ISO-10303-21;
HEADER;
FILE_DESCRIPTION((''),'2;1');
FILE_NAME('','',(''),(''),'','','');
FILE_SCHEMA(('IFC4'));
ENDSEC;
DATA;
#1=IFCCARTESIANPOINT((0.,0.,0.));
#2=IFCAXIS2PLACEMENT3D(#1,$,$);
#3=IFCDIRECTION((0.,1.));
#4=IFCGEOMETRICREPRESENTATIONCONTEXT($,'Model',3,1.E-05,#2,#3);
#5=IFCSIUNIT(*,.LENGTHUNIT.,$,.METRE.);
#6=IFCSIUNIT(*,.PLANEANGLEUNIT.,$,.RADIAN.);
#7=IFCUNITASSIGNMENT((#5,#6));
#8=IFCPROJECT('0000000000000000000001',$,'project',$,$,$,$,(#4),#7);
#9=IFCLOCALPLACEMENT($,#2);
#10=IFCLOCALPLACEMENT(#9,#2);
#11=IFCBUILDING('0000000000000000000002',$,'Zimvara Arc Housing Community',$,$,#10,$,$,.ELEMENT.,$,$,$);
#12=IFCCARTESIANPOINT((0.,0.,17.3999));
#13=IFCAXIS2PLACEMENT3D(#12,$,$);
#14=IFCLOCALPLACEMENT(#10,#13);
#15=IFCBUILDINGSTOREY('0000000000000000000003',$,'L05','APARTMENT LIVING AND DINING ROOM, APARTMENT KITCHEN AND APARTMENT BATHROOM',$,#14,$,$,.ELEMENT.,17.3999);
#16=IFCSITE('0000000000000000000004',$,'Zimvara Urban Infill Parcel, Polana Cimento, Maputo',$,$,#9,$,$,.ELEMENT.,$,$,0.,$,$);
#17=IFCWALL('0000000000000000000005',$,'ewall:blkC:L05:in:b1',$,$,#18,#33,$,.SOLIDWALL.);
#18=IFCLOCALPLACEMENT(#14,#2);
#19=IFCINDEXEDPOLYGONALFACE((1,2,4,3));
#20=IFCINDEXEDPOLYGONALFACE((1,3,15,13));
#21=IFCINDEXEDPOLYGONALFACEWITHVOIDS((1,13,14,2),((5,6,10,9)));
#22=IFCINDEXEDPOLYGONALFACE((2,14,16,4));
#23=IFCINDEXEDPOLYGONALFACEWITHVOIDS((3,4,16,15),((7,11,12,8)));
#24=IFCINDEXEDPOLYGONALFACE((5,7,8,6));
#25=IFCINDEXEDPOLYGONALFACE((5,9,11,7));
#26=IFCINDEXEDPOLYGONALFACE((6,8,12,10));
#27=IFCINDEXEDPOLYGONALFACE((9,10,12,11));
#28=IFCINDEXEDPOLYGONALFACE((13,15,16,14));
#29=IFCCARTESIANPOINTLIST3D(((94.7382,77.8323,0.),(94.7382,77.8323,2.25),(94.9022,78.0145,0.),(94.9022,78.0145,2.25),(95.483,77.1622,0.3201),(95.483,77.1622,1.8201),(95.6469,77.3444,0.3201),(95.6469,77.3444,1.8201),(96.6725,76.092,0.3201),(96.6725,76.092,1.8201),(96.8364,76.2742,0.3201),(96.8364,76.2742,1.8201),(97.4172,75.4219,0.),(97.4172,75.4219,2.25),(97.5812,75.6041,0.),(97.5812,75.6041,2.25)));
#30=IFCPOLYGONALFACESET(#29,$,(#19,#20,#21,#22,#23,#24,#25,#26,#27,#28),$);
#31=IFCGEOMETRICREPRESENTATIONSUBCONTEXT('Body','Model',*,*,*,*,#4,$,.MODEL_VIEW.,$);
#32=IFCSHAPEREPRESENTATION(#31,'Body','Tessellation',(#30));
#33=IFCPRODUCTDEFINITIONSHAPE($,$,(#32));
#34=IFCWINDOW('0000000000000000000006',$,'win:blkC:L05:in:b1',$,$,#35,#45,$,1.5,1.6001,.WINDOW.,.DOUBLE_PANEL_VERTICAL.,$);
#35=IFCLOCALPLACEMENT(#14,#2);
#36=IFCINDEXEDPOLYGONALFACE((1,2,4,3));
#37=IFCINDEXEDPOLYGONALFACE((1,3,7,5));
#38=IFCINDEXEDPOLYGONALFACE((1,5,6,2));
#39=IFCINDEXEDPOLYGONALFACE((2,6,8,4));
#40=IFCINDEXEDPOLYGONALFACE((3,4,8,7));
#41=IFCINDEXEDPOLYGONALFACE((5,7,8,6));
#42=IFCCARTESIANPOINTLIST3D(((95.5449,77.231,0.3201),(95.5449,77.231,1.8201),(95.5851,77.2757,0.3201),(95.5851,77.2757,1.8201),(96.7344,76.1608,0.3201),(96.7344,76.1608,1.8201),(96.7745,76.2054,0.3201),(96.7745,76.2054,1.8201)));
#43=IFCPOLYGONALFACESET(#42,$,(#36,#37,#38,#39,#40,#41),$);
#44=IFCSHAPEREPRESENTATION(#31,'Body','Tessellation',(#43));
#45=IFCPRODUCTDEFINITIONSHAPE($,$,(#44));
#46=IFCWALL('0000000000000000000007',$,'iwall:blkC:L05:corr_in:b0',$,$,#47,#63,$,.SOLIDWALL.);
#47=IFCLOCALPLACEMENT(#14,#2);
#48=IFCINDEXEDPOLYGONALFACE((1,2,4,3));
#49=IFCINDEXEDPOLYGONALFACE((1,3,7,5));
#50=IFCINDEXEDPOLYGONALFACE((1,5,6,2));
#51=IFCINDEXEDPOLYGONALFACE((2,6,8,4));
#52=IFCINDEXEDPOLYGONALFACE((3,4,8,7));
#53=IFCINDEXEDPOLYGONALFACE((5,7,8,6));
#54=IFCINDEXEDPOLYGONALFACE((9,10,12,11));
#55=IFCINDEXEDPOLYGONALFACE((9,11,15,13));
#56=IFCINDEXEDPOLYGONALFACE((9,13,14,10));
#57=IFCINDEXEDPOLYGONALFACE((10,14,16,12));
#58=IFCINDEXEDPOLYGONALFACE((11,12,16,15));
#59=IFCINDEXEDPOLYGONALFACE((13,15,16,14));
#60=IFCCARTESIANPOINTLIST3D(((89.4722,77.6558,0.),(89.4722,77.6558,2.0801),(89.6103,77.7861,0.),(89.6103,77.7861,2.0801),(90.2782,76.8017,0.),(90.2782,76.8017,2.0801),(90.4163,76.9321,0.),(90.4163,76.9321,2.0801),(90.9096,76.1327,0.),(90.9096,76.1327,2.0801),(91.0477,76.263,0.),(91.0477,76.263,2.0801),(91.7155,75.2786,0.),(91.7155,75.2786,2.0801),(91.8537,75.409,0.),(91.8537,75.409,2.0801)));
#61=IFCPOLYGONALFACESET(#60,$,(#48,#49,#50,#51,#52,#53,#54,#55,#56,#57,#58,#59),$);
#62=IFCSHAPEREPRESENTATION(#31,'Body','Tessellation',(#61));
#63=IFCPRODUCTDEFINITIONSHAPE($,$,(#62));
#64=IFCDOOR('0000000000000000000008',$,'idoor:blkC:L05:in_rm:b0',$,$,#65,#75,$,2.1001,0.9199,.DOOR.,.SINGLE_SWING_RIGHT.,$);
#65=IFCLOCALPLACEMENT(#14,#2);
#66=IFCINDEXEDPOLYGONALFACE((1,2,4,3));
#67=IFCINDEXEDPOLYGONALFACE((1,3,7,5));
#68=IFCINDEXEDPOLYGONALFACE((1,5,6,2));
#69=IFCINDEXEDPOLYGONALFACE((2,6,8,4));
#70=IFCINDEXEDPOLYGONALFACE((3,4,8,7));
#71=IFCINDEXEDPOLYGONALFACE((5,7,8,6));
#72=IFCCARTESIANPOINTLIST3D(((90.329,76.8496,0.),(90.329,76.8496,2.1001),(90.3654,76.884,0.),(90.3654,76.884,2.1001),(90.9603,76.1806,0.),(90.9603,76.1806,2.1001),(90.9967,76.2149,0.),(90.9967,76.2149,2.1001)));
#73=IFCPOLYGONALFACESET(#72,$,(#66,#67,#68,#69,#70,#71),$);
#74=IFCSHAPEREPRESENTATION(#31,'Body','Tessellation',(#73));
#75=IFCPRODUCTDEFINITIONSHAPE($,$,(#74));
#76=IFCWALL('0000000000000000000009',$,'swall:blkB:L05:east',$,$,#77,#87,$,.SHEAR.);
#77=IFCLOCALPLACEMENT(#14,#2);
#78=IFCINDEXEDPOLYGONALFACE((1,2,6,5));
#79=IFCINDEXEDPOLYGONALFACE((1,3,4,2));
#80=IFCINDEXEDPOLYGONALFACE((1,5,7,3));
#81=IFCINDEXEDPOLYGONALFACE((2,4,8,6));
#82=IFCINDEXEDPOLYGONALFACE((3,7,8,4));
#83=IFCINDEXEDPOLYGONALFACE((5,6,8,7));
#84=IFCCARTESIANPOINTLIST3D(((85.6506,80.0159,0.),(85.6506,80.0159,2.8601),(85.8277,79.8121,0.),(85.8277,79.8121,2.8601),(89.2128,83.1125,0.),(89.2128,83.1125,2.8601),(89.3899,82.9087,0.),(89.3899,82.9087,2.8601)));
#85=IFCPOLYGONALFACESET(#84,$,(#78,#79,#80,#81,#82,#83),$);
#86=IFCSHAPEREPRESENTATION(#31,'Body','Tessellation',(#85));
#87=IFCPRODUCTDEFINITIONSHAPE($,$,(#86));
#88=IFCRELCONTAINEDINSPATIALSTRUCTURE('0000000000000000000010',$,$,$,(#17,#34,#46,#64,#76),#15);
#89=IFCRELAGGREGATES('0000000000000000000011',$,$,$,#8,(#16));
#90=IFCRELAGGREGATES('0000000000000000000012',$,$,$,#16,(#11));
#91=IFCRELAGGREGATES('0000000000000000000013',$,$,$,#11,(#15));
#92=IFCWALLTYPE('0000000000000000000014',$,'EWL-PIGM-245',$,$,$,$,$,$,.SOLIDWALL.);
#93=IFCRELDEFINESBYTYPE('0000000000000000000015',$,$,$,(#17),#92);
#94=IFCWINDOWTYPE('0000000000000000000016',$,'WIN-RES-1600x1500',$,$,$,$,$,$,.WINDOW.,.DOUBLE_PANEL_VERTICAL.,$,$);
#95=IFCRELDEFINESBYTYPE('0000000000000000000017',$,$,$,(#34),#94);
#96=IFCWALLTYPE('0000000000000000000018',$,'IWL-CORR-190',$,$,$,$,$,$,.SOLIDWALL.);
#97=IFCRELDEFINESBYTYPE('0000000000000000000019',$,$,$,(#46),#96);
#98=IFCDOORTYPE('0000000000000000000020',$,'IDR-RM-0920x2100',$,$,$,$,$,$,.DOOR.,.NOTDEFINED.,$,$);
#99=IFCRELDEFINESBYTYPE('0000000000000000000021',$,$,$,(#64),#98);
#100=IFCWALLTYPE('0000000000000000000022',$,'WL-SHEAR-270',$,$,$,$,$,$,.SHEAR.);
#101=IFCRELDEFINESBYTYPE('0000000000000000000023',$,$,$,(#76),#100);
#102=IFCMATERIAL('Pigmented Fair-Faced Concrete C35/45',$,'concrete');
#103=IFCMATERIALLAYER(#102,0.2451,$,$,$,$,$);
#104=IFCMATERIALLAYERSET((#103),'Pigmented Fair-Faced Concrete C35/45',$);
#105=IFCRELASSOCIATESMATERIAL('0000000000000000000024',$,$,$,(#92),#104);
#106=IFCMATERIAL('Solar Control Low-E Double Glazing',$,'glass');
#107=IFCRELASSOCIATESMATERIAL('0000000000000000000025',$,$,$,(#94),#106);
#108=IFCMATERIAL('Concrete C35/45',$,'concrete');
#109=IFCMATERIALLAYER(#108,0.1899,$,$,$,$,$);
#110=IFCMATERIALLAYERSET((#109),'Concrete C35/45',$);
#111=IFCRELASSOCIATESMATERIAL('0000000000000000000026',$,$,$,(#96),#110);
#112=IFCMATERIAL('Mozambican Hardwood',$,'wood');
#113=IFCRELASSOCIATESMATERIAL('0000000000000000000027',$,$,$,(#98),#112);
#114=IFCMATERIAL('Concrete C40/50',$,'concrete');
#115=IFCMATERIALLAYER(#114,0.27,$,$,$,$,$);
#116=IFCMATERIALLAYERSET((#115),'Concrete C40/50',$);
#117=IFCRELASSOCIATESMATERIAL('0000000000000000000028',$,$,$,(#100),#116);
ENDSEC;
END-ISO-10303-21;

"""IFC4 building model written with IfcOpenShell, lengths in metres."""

from ifc_helpers import new_model, si_unit, direction, frame, frame_2d, origin, place, context, subcontext, project, spatial, rectangle, extrude, material, layer, layer_set, type_object, element, fill, save


model = new_model("IFC4")

# Units and contexts
model_context = context("Model", 3, precision=1e-05, world=origin(), true_north=direction((0.0, 1.0)))
body_context = subcontext(model_context, "Body", "Model", "MODEL_VIEW")
ifc_project = project(units=[si_unit("LENGTHUNIT", "METRE"), si_unit("PLANEANGLEUNIT", "RADIAN")], contexts=[model_context])

# Site, building, storey
site_placement = place(None, origin())
site = spatial("IfcSite", under=ifc_project, at=site_placement, Name="Zimvara Urban Infill Parcel, Polana Cimento, Maputo", CompositionType="ELEMENT", RefElevation=0.0)
building_placement = place(site_placement, origin())
building = spatial("IfcBuilding", under=site, at=building_placement, Name="Zimvara Arc Housing Community", CompositionType="ELEMENT")
storey_placement = place(building_placement, frame((0.0, 0.0, 17.3999)))
storey = spatial("IfcBuildingStorey", under=building, at=storey_placement, Name="L05", Description="APARTMENT LIVING AND DINING ROOM, APARTMENT KITCHEN AND APARTMENT BATHROOM", CompositionType="ELEMENT", Elevation=17.3999)

# Wall, opening, window
ifc_material_1 = material(Name="Pigmented Fair-Faced Concrete C35/45", Category="concrete")
ifc_layer_1 = layer(ifc_material_1, 0.2451)
ifc_layer_set_1 = layer_set([ifc_layer_1], Name="Pigmented Fair-Faced Concrete C35/45")
wall_type_1 = type_object("IfcWallType", Name="EWL-PIGM-245", PredefinedType="SOLIDWALL", material=ifc_layer_set_1)
wall_1_placement = place(storey_placement, frame((94.8203, 77.9233, 0.0), z_axis=(0.0, 0.0, 1.0), x_axis=(0.743385, -0.668864, 0.0)))
wall_1 = element("IfcWall", 1, at=wall_1_placement, inside=storey, type_object=wall_type_1, Name="ewall:blkC:L05:in:b1", PredefinedType="SOLIDWALL", context=body_context, shape_type="SweptSolid", body=[
    extrude(rectangle(XDim=3.6038, YDim=0.2451, at=frame_2d((1.8018, 0.0))), origin(), (0.0, 0.0, 1.0), 2.25),
])
opening_1_placement = place(wall_1_placement, frame((1.0017, 0.0, 0.3201)))
opening_1 = element("IfcOpeningElement", 2, at=opening_1_placement, cuts=wall_1, PredefinedType="OPENING", context=body_context, shape_type="SweptSolid", body=[
    extrude(rectangle(XDim=1.6001, YDim=1.5, at=frame_2d((0.8, 0.75))), frame((0.0, 0.1326, 0.0), z_axis=(0.0, -1.0, 0.0), x_axis=(1.0, 0.0, 0.0)), (0.0, 0.0, 1.0), 0.2651),
])
ifc_material_2 = material(Name="Solar Control Low-E Double Glazing", Category="glass")
window_type_1 = type_object("IfcWindowType", Name="WIN-RES-1600x1500", PartitioningType="DOUBLE_PANEL_VERTICAL", PredefinedType="WINDOW", material=ifc_material_2)
window_1_placement = place(opening_1_placement, origin())
window_1 = element("IfcWindow", 3, at=window_1_placement, inside=storey, type_object=window_type_1, Name="win:blkC:L05:in:b1", OverallHeight=1.5, OverallWidth=1.6001, PartitioningType="DOUBLE_PANEL_VERTICAL", PredefinedType="WINDOW", context=body_context, shape_type="SweptSolid", body=[
    extrude(rectangle(XDim=1.6001, YDim=1.5, at=frame_2d((0.8, 0.75))), frame((0.0, 0.03, 0.0), z_axis=(0.0, -1.0, 0.0), x_axis=(1.0, 0.0, 0.0)), (0.0, 0.0, 1.0), 0.0601),
])
fill(opening_1, window_1)

# Wall, opening, door
ifc_material_3 = material(Name="Concrete C35/45", Category="concrete")
ifc_layer_2 = layer(ifc_material_3, 0.1899)
ifc_layer_set_2 = layer_set([ifc_layer_2], Name="Concrete C35/45")
wall_type_2 = type_object("IfcWallType", Name="IWL-CORR-190", PredefinedType="SOLIDWALL", material=ifc_layer_set_2)
wall_2_placement = place(storey_placement, frame((89.5413, 77.7209, 0.0), z_axis=(0.0, 0.0, 1.0), x_axis=(0.686345, -0.727276, 0.0)))
wall_2 = element("IfcWall", 4, at=wall_2_placement, inside=storey, type_object=wall_type_2, Name="iwall:blkC:L05:corr_in:b0", PredefinedType="SOLIDWALL", context=body_context, shape_type="SweptSolid", body=[
    extrude(rectangle(XDim=3.2686, YDim=0.1899, at=frame_2d((1.6343, 0.0))), origin(), (0.0, 0.0, 1.0), 2.0801),
])
opening_2_placement = place(wall_2_placement, frame((1.1743, 0.0, 0.0)))
opening_2 = element("IfcOpeningElement", 5, at=opening_2_placement, cuts=wall_2, PredefinedType="OPENING", context=body_context, shape_type="SweptSolid", body=[
    extrude(rectangle(XDim=0.9199, YDim=2.1001, at=frame_2d((0.46, 1.05))), frame((0.0, 0.105, 0.0), z_axis=(0.0, -1.0, 0.0), x_axis=(1.0, 0.0, 0.0)), (0.0, 0.0, 1.0), 0.21),
])
ifc_material_4 = material(Name="Mozambican Hardwood", Category="wood")
door_type = type_object("IfcDoorType", Name="IDR-RM-0920x2100", OperationType="NOTDEFINED", PredefinedType="DOOR", material=ifc_material_4)
door_placement = place(opening_2_placement, origin())
door = element("IfcDoor", 6, at=door_placement, inside=storey, type_object=door_type, Name="idoor:blkC:L05:in_rm:b0", OperationType="SINGLE_SWING_RIGHT", OverallHeight=2.1001, OverallWidth=0.9199, PredefinedType="DOOR", context=body_context, shape_type="SweptSolid", body=[
    extrude(rectangle(XDim=0.9199, YDim=2.1001, at=frame_2d((0.46, 1.05))), frame((0.0, 0.0249, 0.0), z_axis=(0.0, -1.0, 0.0), x_axis=(1.0, 0.0, 0.0)), (0.0, 0.0, 1.0), 0.05),
])
fill(opening_2, door)

# Wall
ifc_material_5 = material(Name="Concrete C40/50", Category="concrete")
ifc_layer_3 = layer(ifc_material_5, 0.27)
ifc_layer_set_3 = layer_set([ifc_layer_3], Name="Concrete C40/50")
wall_type_3 = type_object("IfcWallType", Name="WL-SHEAR-270", PredefinedType="SHEAR", material=ifc_layer_set_3)
wall_3_placement = place(storey_placement, frame((85.7393, 79.9141, 0.0), z_axis=(0.0, 0.0, 1.0), x_axis=(0.754704, 0.656066, 0.0)))
element("IfcWall", 7, at=wall_3_placement, inside=storey, type_object=wall_type_3, Name="swall:blkB:L05:east", PredefinedType="SHEAR", context=body_context, shape_type="SweptSolid", body=[
    extrude(rectangle(XDim=4.72, YDim=0.27, at=frame_2d((2.3599, 0.0))), origin(), (0.0, 0.0, 1.0), 2.8601),
])

save(model, "model.ifc")
